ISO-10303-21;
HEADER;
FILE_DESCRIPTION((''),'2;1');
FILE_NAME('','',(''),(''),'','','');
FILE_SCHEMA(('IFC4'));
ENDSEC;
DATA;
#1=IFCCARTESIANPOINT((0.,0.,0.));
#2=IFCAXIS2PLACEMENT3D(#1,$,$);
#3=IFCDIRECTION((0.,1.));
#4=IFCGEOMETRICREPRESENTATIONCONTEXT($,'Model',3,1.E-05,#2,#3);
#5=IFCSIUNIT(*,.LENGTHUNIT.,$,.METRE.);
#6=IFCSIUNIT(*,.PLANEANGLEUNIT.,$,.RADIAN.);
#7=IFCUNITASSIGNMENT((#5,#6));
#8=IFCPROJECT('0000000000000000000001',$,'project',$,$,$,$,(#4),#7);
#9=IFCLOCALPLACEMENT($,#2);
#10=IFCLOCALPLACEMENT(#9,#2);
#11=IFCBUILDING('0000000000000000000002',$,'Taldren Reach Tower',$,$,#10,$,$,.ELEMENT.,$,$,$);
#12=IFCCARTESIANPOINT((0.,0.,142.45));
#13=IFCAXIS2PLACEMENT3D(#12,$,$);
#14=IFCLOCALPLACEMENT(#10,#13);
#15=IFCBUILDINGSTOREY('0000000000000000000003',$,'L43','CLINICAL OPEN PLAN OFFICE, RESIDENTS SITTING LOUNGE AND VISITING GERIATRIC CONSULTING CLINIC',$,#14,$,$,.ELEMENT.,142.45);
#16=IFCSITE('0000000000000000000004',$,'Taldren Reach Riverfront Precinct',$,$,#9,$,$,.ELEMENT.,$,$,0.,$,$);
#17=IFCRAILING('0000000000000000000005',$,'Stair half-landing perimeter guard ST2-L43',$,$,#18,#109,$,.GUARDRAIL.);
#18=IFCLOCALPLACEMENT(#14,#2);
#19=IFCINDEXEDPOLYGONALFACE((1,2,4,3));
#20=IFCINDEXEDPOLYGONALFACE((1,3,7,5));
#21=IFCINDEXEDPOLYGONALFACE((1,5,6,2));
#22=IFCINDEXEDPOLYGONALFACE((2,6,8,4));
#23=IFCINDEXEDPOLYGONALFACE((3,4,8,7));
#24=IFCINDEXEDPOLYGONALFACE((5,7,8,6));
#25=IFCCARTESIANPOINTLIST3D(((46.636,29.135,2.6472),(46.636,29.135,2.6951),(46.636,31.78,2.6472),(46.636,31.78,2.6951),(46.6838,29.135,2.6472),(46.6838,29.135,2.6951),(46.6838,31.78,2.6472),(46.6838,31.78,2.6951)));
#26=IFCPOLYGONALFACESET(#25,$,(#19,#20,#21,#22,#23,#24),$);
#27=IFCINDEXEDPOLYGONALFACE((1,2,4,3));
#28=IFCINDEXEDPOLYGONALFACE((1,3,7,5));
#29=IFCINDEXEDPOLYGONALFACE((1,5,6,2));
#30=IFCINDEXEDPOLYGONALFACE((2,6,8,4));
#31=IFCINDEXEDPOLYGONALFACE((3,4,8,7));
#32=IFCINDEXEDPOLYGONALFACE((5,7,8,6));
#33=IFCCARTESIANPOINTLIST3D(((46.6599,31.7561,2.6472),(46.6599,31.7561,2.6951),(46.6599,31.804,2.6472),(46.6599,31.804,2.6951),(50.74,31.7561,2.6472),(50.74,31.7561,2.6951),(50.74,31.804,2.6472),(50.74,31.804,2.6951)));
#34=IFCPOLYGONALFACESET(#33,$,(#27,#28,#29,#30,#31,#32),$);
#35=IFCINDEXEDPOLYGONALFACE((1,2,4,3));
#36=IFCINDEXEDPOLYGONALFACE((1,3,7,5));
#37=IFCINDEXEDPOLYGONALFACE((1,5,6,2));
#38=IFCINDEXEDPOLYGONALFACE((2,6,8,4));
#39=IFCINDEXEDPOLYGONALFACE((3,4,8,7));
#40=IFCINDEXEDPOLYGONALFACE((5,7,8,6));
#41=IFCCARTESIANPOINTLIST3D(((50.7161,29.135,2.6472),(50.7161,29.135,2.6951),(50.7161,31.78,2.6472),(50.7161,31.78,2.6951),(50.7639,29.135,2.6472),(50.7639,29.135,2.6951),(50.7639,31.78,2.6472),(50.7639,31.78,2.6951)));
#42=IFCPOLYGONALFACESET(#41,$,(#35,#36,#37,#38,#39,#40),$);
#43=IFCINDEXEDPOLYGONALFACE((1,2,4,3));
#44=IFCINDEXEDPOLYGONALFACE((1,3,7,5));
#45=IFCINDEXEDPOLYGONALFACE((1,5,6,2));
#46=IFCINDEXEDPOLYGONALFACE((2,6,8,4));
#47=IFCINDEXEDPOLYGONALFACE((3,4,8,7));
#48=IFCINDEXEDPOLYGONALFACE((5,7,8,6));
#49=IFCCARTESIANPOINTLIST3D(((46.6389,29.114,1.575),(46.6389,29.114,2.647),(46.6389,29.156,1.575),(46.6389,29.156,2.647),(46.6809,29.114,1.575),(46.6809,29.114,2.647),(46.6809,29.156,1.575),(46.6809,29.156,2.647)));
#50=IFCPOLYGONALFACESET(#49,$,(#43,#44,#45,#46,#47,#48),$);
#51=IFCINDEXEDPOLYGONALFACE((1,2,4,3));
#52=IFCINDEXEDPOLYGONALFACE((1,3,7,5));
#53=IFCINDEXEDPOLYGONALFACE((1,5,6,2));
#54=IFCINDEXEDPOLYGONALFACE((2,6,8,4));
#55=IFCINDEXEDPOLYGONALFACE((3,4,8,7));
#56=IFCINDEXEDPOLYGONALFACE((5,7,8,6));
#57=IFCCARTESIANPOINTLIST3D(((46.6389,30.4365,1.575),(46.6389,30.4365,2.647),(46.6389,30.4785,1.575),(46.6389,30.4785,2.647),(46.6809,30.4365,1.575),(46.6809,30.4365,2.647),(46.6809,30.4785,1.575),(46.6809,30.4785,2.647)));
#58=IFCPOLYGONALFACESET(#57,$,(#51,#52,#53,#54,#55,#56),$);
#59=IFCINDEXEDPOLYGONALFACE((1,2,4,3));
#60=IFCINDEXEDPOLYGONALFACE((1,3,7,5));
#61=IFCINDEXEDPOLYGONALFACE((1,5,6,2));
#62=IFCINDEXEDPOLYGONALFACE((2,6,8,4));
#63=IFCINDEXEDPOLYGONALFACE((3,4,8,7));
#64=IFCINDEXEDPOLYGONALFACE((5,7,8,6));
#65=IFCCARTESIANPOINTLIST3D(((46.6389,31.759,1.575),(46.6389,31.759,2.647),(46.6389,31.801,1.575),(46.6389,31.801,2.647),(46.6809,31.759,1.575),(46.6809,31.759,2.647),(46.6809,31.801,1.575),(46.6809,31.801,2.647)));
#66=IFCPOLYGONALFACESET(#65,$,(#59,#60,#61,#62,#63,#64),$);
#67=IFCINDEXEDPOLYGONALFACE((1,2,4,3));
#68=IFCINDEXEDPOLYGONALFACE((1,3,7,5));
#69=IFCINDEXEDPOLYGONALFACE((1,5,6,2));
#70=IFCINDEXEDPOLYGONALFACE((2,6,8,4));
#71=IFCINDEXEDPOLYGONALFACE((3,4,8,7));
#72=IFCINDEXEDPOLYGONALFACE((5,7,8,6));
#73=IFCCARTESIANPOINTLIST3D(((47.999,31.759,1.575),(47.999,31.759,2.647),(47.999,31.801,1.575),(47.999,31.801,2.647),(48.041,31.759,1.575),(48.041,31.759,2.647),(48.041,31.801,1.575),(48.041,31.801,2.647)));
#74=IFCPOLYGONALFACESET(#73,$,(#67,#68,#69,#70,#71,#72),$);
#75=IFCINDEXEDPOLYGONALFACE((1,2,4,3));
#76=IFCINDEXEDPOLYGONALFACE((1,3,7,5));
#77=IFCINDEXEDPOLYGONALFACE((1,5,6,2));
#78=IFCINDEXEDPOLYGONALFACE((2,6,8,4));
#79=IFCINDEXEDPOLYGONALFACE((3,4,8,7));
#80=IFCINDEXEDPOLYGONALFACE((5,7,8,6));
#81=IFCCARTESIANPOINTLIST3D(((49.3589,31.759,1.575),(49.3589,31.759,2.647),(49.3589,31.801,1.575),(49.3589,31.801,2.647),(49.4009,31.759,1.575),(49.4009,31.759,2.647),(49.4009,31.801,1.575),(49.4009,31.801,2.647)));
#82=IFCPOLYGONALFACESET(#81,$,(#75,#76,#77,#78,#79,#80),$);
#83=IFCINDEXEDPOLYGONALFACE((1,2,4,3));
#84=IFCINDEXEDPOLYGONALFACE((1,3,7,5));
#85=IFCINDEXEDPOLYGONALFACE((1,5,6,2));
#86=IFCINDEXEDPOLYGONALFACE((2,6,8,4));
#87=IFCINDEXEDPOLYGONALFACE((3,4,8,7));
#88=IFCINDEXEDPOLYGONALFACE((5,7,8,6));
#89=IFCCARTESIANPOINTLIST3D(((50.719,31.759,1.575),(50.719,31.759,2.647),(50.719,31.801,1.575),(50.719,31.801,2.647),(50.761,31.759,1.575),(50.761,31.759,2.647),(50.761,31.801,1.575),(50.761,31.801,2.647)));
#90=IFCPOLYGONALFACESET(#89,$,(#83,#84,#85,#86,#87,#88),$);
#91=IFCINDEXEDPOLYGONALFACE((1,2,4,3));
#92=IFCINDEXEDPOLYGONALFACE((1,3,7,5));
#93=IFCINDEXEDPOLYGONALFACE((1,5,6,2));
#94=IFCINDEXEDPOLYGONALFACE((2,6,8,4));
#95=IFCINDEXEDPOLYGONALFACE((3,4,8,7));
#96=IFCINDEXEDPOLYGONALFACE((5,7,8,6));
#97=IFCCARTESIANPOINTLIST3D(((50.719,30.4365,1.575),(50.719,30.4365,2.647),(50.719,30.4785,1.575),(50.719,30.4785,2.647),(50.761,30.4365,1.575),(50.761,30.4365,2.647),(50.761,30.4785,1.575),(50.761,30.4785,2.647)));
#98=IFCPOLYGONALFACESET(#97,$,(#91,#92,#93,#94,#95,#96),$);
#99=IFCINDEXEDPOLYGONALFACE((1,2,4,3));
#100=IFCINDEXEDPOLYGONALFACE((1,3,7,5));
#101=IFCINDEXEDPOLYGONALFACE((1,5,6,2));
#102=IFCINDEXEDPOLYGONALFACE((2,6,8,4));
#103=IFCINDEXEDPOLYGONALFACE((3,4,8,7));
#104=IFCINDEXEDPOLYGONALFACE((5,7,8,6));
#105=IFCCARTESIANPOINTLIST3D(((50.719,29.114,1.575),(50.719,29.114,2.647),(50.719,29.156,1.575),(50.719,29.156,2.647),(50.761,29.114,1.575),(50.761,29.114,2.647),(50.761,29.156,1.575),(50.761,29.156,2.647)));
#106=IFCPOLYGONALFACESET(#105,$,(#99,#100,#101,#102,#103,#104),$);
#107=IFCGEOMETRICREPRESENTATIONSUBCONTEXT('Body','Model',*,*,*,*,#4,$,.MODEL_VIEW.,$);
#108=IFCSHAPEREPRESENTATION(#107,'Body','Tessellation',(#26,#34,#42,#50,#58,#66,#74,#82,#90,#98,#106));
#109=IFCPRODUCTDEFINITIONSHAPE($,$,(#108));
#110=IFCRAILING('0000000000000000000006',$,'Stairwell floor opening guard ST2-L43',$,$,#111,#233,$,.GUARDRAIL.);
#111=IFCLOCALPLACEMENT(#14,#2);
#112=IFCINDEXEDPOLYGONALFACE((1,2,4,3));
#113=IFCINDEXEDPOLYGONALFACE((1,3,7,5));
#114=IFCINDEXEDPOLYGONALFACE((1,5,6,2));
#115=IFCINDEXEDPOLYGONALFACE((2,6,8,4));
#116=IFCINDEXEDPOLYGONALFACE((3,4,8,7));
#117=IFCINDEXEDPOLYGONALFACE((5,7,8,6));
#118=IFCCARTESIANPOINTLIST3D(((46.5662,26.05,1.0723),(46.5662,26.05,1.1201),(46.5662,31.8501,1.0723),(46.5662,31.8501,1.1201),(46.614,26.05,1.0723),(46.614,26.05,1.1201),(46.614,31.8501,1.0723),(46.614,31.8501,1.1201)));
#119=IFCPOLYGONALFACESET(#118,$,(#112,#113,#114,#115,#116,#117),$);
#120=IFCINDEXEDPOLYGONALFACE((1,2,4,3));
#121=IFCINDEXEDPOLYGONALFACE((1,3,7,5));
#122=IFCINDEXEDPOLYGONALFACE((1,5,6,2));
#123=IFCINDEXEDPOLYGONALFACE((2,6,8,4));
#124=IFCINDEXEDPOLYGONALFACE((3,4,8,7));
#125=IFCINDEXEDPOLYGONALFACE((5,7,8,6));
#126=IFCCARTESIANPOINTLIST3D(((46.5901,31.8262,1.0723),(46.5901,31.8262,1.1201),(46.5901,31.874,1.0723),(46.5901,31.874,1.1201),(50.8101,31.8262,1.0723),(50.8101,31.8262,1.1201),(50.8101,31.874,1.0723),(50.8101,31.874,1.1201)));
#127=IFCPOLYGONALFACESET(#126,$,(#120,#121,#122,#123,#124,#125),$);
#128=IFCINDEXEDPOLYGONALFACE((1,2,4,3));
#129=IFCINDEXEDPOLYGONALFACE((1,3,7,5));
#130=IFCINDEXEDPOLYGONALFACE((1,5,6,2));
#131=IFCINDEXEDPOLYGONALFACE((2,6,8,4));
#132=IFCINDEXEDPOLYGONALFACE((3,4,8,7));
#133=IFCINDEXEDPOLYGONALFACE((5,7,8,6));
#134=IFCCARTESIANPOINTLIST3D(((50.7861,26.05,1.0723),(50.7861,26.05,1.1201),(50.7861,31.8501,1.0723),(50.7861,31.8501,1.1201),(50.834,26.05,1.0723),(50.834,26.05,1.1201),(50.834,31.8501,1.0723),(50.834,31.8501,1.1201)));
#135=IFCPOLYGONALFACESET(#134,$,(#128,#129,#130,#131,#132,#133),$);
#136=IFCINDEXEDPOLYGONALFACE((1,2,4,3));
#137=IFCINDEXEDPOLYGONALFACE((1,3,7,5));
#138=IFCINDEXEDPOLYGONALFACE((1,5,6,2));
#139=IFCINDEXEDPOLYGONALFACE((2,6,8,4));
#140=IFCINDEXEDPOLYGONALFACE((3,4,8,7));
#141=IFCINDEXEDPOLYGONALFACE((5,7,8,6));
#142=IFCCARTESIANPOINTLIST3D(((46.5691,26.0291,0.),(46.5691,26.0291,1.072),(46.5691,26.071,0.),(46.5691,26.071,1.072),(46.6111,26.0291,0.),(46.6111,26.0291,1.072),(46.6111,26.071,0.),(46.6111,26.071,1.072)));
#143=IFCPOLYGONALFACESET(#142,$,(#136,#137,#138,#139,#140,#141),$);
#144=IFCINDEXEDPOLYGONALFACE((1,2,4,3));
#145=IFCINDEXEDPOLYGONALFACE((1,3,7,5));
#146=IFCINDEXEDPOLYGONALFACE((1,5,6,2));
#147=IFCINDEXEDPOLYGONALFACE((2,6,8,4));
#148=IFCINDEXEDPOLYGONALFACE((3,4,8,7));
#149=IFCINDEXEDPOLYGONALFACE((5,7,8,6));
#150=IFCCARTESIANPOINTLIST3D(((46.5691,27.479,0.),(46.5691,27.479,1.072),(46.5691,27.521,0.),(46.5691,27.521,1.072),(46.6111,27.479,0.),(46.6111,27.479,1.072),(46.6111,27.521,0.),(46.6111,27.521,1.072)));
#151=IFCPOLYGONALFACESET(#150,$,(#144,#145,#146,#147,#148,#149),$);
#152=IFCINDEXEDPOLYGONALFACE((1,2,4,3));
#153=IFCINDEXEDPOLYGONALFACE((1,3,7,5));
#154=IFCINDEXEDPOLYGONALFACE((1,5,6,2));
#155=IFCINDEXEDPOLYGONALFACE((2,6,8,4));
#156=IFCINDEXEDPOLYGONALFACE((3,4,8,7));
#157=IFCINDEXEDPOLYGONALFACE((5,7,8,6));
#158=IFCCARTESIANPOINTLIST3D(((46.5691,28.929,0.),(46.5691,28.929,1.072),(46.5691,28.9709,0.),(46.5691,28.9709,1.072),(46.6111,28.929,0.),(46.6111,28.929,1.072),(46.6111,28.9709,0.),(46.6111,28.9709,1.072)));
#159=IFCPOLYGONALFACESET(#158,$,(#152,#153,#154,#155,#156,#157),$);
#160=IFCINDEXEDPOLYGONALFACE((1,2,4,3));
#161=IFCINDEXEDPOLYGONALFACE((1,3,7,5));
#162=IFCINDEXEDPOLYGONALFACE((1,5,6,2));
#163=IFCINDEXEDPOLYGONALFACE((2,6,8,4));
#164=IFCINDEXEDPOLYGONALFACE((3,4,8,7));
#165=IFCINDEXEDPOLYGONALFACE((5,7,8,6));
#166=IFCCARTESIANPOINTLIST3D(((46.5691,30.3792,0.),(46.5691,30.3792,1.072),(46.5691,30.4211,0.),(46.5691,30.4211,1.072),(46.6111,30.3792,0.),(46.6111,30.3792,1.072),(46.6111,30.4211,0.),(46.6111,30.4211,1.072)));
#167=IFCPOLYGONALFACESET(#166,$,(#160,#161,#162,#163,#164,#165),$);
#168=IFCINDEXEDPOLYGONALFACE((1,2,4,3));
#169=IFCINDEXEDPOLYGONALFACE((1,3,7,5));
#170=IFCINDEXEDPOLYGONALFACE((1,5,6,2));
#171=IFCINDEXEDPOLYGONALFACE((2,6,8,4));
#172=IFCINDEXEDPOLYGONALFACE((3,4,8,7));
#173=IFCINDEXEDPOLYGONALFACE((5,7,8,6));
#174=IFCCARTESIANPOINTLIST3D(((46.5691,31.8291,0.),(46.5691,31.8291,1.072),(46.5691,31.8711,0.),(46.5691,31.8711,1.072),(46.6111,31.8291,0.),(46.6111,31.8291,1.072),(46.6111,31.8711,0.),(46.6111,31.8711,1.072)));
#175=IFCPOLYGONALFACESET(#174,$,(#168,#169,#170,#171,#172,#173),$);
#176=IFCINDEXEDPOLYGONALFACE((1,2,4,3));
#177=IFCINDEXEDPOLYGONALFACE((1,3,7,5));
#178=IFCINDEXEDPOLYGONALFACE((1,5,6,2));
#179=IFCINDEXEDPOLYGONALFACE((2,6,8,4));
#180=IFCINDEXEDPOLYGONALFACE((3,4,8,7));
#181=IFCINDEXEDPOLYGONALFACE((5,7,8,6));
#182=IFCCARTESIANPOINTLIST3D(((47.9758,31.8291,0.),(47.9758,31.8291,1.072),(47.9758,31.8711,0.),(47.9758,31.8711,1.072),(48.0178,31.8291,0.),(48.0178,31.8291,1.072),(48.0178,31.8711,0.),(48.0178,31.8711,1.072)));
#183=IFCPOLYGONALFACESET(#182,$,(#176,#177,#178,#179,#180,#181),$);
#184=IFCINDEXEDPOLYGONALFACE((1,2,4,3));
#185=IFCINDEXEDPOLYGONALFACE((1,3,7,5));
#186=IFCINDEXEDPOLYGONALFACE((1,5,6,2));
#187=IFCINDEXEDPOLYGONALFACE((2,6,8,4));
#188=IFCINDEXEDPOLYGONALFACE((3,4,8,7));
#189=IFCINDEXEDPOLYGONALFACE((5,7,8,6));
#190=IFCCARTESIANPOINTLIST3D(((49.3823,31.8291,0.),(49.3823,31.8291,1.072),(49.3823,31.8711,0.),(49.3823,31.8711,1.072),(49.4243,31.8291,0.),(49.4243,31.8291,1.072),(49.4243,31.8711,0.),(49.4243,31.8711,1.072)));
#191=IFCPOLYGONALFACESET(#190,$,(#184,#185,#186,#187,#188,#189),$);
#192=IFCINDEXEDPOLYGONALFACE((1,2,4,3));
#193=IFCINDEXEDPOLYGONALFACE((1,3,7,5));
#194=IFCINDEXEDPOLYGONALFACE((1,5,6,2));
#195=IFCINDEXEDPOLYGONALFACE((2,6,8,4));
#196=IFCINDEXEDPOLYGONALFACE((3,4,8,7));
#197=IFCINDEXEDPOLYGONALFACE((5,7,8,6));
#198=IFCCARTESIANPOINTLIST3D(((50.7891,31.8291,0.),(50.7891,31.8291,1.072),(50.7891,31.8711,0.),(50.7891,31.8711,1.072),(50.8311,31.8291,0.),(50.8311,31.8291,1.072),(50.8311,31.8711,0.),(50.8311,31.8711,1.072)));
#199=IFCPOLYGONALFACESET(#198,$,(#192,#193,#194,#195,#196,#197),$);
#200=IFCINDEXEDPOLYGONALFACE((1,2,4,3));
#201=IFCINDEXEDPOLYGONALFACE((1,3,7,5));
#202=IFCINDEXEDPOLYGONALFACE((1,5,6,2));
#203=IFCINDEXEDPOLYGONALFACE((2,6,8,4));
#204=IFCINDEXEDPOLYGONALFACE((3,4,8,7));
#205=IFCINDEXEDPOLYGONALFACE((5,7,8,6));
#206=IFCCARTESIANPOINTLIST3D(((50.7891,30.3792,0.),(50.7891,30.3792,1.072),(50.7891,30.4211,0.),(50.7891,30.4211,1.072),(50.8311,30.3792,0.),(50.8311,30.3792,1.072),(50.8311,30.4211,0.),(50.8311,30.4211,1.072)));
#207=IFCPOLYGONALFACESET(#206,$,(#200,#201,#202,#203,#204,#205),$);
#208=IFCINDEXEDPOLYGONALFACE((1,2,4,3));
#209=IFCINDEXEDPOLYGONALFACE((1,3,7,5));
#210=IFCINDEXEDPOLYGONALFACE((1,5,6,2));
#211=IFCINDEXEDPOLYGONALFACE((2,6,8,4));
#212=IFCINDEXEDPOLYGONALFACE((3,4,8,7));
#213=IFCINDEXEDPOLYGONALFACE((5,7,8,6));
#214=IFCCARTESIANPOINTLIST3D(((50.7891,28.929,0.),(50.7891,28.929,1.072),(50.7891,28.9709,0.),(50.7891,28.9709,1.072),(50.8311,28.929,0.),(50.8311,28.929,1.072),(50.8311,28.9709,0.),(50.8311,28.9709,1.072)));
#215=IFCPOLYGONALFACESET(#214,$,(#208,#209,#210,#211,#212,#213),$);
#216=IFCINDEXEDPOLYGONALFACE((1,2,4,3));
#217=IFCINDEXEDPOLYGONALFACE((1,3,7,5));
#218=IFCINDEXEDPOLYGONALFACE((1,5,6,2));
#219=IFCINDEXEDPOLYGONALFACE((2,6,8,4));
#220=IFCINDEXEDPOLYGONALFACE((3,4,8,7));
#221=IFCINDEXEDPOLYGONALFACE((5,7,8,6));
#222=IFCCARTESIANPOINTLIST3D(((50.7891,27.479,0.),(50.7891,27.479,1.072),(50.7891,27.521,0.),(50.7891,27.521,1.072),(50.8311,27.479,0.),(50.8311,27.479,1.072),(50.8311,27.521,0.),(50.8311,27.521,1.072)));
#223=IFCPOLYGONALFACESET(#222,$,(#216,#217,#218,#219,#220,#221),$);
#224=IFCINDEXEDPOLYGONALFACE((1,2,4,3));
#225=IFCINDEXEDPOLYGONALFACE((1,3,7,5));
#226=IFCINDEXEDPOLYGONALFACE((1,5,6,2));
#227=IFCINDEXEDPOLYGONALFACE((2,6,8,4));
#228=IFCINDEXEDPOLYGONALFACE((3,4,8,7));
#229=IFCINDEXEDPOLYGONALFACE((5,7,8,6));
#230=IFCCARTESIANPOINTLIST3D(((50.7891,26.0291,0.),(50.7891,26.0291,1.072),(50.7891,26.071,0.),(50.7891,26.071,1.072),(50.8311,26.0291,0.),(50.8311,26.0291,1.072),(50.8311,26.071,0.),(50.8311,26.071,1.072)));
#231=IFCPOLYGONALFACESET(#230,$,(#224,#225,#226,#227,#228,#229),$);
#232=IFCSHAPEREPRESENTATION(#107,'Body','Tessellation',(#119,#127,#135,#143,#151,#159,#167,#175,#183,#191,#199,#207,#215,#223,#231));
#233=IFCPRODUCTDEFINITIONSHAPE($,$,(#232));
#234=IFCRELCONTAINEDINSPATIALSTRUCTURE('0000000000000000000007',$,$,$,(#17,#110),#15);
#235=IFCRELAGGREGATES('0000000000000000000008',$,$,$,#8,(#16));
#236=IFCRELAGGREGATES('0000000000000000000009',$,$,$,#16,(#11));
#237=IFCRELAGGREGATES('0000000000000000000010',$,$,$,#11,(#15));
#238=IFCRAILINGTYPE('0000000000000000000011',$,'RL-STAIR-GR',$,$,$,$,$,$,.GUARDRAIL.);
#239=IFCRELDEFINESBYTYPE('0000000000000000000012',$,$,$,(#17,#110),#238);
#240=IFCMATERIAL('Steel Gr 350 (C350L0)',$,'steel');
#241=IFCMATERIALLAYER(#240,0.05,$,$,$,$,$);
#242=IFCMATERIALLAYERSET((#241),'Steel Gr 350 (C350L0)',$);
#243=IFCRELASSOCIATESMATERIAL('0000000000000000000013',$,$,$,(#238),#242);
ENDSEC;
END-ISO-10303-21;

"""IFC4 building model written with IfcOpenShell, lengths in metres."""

from ifc_helpers import new_model, si_unit, direction, frame, origin, origin_2d, place, context, subcontext, project, spatial, rectangle, extrude, material, layer, layer_set, type_object, element, save


model = new_model("IFC4")

# Units and contexts
model_context = context("Model", 3, precision=1e-05, world=origin(), true_north=direction((0.0, 1.0)))
body_context = subcontext(model_context, "Body", "Model", "MODEL_VIEW")
ifc_project = project(units=[si_unit("LENGTHUNIT", "METRE"), si_unit("PLANEANGLEUNIT", "RADIAN")], contexts=[model_context])

# Site, building, storey
site_placement = place(None, origin())
site = spatial("IfcSite", under=ifc_project, at=site_placement, Name="Taldren Reach Riverfront Precinct", CompositionType="ELEMENT", RefElevation=0.0)
building_placement = place(site_placement, origin())
building = spatial("IfcBuilding", under=site, at=building_placement, Name="Taldren Reach Tower", CompositionType="ELEMENT")
storey_placement = place(building_placement, frame((0.0, 0.0, 142.45)))
storey = spatial("IfcBuildingStorey", under=building, at=storey_placement, Name="L43", Description="CLINICAL OPEN PLAN OFFICE, RESIDENTS SITTING LOUNGE AND VISITING GERIATRIC CONSULTING CLINIC", CompositionType="ELEMENT", Elevation=142.45)

# Shared definitions
ifc_material_1 = material(Name="Steel Gr 350 (C350L0)", Category="steel")

# Railings
ifc_layer_1 = layer(ifc_material_1, 0.05)
ifc_layer_set_1 = layer_set([ifc_layer_1], Name="Steel Gr 350 (C350L0)")
railing_type_1 = type_object("IfcRailingType", Name="RL-STAIR-GR", PredefinedType="GUARDRAIL", material=ifc_layer_set_1)
railing_1_placement = place(storey_placement, frame((46.6599, 29.135, 1.575)))
element("IfcRailing", 1, at=railing_1_placement, inside=storey, type_object=railing_type_1, Name="Stair half-landing perimeter guard ST2-L43", PredefinedType="GUARDRAIL", context=body_context, shape_type="SweptSolid", body=[
    extrude(rectangle(XDim=0.0479, YDim=0.0479, at=origin_2d()), frame((0.0, 0.0, 1.0962), z_axis=(0.0, 1.0, 0.0), x_axis=(-1.0, 0.0, 0.0)), (0.0, 0.0, 1.0), 2.645),
    extrude(rectangle(XDim=0.0479, YDim=0.0479, at=origin_2d()), frame((0.0, 2.645, 1.0962), z_axis=(1.0, 0.0, 0.0), x_axis=(0.0, 1.0, 0.0)), (0.0, 0.0, 1.0), 4.0801),
    extrude(rectangle(XDim=0.0479, YDim=0.0479, at=origin_2d()), frame((4.0801, 2.645, 1.0962), z_axis=(0.0, -1.0, 0.0), x_axis=(1.0, 0.0, 0.0)), (0.0, 0.0, 1.0), 2.645),
    extrude(rectangle(XDim=0.042, YDim=0.042, at=origin_2d()), origin(), (0.0, 0.0, 1.0), 1.072),
    extrude(rectangle(XDim=0.042, YDim=0.042, at=origin_2d()), frame((0.0, 1.3225, 0.0)), (0.0, 0.0, 1.0), 1.072),
    extrude(rectangle(XDim=0.042, YDim=0.042, at=origin_2d()), frame((0.0, 2.645, 0.0)), (0.0, 0.0, 1.0), 1.072),
    extrude(rectangle(XDim=0.042, YDim=0.042, at=origin_2d()), frame((1.3601, 2.645, 0.0)), (0.0, 0.0, 1.0), 1.072),
    extrude(rectangle(XDim=0.042, YDim=0.042, at=origin_2d()), frame((2.72, 2.645, 0.0)), (0.0, 0.0, 1.0), 1.072),
    extrude(rectangle(XDim=0.042, YDim=0.042, at=origin_2d()), frame((4.0801, 2.645, 0.0)), (0.0, 0.0, 1.0), 1.072),
    extrude(rectangle(XDim=0.042, YDim=0.042, at=origin_2d()), frame((4.0801, 1.3225, 0.0)), (0.0, 0.0, 1.0), 1.072),
    extrude(rectangle(XDim=0.042, YDim=0.042, at=origin_2d()), frame((4.0801, 0.0, 0.0)), (0.0, 0.0, 1.0), 1.072),
])
railing_2_placement = place(storey_placement, frame((46.5901, 26.05, 0.0)))
element("IfcRailing", 2, at=railing_2_placement, inside=storey, type_object=railing_type_1, Name="Stairwell floor opening guard ST2-L43", PredefinedType="GUARDRAIL", context=body_context, shape_type="SweptSolid", body=[
    extrude(rectangle(XDim=0.0479, YDim=0.0479, at=origin_2d()), frame((0.0, 0.0, 1.0962), z_axis=(0.0, 1.0, 0.0), x_axis=(-1.0, 0.0, 0.0)), (0.0, 0.0, 1.0), 5.8),
    extrude(rectangle(XDim=0.0479, YDim=0.0479, at=origin_2d()), frame((0.0, 5.8, 1.0962), z_axis=(1.0, 0.0, 0.0), x_axis=(0.0, 1.0, 0.0)), (0.0, 0.0, 1.0), 4.22),
    extrude(rectangle(XDim=0.0479, YDim=0.0479, at=origin_2d()), frame((4.22, 5.8, 1.0962), z_axis=(0.0, -1.0, 0.0), x_axis=(1.0, 0.0, 0.0)), (0.0, 0.0, 1.0), 5.8),
    extrude(rectangle(XDim=0.042, YDim=0.042, at=origin_2d()), origin(), (0.0, 0.0, 1.0), 1.072),
    extrude(rectangle(XDim=0.042, YDim=0.042, at=origin_2d()), frame((0.0, 1.45, 0.0)), (0.0, 0.0, 1.0), 1.072),
    extrude(rectangle(XDim=0.042, YDim=0.042, at=origin_2d()), frame((0.0, 2.8999, 0.0)), (0.0, 0.0, 1.0), 1.072),
    extrude(rectangle(XDim=0.042, YDim=0.042, at=origin_2d()), frame((0.0, 4.3501, 0.0)), (0.0, 0.0, 1.0), 1.072),
    extrude(rectangle(XDim=0.042, YDim=0.042, at=origin_2d()), frame((0.0, 5.8, 0.0)), (0.0, 0.0, 1.0), 1.072),
    extrude(rectangle(XDim=0.042, YDim=0.042, at=origin_2d()), frame((1.4067, 5.8, 0.0)), (0.0, 0.0, 1.0), 1.072),
    extrude(rectangle(XDim=0.042, YDim=0.042, at=origin_2d()), frame((2.8132, 5.8, 0.0)), (0.0, 0.0, 1.0), 1.072),
    extrude(rectangle(XDim=0.042, YDim=0.042, at=origin_2d()), frame((4.22, 5.8, 0.0)), (0.0, 0.0, 1.0), 1.072),
    extrude(rectangle(XDim=0.042, YDim=0.042, at=origin_2d()), frame((4.22, 4.3501, 0.0)), (0.0, 0.0, 1.0), 1.072),
    extrude(rectangle(XDim=0.042, YDim=0.042, at=origin_2d()), frame((4.22, 2.8999, 0.0)), (0.0, 0.0, 1.0), 1.072),
    extrude(rectangle(XDim=0.042, YDim=0.042, at=origin_2d()), frame((4.22, 1.45, 0.0)), (0.0, 0.0, 1.0), 1.072),
    extrude(rectangle(XDim=0.042, YDim=0.042, at=origin_2d()), frame((4.22, 0.0, 0.0)), (0.0, 0.0, 1.0), 1.072),
])

save(model, "model.ifc")
